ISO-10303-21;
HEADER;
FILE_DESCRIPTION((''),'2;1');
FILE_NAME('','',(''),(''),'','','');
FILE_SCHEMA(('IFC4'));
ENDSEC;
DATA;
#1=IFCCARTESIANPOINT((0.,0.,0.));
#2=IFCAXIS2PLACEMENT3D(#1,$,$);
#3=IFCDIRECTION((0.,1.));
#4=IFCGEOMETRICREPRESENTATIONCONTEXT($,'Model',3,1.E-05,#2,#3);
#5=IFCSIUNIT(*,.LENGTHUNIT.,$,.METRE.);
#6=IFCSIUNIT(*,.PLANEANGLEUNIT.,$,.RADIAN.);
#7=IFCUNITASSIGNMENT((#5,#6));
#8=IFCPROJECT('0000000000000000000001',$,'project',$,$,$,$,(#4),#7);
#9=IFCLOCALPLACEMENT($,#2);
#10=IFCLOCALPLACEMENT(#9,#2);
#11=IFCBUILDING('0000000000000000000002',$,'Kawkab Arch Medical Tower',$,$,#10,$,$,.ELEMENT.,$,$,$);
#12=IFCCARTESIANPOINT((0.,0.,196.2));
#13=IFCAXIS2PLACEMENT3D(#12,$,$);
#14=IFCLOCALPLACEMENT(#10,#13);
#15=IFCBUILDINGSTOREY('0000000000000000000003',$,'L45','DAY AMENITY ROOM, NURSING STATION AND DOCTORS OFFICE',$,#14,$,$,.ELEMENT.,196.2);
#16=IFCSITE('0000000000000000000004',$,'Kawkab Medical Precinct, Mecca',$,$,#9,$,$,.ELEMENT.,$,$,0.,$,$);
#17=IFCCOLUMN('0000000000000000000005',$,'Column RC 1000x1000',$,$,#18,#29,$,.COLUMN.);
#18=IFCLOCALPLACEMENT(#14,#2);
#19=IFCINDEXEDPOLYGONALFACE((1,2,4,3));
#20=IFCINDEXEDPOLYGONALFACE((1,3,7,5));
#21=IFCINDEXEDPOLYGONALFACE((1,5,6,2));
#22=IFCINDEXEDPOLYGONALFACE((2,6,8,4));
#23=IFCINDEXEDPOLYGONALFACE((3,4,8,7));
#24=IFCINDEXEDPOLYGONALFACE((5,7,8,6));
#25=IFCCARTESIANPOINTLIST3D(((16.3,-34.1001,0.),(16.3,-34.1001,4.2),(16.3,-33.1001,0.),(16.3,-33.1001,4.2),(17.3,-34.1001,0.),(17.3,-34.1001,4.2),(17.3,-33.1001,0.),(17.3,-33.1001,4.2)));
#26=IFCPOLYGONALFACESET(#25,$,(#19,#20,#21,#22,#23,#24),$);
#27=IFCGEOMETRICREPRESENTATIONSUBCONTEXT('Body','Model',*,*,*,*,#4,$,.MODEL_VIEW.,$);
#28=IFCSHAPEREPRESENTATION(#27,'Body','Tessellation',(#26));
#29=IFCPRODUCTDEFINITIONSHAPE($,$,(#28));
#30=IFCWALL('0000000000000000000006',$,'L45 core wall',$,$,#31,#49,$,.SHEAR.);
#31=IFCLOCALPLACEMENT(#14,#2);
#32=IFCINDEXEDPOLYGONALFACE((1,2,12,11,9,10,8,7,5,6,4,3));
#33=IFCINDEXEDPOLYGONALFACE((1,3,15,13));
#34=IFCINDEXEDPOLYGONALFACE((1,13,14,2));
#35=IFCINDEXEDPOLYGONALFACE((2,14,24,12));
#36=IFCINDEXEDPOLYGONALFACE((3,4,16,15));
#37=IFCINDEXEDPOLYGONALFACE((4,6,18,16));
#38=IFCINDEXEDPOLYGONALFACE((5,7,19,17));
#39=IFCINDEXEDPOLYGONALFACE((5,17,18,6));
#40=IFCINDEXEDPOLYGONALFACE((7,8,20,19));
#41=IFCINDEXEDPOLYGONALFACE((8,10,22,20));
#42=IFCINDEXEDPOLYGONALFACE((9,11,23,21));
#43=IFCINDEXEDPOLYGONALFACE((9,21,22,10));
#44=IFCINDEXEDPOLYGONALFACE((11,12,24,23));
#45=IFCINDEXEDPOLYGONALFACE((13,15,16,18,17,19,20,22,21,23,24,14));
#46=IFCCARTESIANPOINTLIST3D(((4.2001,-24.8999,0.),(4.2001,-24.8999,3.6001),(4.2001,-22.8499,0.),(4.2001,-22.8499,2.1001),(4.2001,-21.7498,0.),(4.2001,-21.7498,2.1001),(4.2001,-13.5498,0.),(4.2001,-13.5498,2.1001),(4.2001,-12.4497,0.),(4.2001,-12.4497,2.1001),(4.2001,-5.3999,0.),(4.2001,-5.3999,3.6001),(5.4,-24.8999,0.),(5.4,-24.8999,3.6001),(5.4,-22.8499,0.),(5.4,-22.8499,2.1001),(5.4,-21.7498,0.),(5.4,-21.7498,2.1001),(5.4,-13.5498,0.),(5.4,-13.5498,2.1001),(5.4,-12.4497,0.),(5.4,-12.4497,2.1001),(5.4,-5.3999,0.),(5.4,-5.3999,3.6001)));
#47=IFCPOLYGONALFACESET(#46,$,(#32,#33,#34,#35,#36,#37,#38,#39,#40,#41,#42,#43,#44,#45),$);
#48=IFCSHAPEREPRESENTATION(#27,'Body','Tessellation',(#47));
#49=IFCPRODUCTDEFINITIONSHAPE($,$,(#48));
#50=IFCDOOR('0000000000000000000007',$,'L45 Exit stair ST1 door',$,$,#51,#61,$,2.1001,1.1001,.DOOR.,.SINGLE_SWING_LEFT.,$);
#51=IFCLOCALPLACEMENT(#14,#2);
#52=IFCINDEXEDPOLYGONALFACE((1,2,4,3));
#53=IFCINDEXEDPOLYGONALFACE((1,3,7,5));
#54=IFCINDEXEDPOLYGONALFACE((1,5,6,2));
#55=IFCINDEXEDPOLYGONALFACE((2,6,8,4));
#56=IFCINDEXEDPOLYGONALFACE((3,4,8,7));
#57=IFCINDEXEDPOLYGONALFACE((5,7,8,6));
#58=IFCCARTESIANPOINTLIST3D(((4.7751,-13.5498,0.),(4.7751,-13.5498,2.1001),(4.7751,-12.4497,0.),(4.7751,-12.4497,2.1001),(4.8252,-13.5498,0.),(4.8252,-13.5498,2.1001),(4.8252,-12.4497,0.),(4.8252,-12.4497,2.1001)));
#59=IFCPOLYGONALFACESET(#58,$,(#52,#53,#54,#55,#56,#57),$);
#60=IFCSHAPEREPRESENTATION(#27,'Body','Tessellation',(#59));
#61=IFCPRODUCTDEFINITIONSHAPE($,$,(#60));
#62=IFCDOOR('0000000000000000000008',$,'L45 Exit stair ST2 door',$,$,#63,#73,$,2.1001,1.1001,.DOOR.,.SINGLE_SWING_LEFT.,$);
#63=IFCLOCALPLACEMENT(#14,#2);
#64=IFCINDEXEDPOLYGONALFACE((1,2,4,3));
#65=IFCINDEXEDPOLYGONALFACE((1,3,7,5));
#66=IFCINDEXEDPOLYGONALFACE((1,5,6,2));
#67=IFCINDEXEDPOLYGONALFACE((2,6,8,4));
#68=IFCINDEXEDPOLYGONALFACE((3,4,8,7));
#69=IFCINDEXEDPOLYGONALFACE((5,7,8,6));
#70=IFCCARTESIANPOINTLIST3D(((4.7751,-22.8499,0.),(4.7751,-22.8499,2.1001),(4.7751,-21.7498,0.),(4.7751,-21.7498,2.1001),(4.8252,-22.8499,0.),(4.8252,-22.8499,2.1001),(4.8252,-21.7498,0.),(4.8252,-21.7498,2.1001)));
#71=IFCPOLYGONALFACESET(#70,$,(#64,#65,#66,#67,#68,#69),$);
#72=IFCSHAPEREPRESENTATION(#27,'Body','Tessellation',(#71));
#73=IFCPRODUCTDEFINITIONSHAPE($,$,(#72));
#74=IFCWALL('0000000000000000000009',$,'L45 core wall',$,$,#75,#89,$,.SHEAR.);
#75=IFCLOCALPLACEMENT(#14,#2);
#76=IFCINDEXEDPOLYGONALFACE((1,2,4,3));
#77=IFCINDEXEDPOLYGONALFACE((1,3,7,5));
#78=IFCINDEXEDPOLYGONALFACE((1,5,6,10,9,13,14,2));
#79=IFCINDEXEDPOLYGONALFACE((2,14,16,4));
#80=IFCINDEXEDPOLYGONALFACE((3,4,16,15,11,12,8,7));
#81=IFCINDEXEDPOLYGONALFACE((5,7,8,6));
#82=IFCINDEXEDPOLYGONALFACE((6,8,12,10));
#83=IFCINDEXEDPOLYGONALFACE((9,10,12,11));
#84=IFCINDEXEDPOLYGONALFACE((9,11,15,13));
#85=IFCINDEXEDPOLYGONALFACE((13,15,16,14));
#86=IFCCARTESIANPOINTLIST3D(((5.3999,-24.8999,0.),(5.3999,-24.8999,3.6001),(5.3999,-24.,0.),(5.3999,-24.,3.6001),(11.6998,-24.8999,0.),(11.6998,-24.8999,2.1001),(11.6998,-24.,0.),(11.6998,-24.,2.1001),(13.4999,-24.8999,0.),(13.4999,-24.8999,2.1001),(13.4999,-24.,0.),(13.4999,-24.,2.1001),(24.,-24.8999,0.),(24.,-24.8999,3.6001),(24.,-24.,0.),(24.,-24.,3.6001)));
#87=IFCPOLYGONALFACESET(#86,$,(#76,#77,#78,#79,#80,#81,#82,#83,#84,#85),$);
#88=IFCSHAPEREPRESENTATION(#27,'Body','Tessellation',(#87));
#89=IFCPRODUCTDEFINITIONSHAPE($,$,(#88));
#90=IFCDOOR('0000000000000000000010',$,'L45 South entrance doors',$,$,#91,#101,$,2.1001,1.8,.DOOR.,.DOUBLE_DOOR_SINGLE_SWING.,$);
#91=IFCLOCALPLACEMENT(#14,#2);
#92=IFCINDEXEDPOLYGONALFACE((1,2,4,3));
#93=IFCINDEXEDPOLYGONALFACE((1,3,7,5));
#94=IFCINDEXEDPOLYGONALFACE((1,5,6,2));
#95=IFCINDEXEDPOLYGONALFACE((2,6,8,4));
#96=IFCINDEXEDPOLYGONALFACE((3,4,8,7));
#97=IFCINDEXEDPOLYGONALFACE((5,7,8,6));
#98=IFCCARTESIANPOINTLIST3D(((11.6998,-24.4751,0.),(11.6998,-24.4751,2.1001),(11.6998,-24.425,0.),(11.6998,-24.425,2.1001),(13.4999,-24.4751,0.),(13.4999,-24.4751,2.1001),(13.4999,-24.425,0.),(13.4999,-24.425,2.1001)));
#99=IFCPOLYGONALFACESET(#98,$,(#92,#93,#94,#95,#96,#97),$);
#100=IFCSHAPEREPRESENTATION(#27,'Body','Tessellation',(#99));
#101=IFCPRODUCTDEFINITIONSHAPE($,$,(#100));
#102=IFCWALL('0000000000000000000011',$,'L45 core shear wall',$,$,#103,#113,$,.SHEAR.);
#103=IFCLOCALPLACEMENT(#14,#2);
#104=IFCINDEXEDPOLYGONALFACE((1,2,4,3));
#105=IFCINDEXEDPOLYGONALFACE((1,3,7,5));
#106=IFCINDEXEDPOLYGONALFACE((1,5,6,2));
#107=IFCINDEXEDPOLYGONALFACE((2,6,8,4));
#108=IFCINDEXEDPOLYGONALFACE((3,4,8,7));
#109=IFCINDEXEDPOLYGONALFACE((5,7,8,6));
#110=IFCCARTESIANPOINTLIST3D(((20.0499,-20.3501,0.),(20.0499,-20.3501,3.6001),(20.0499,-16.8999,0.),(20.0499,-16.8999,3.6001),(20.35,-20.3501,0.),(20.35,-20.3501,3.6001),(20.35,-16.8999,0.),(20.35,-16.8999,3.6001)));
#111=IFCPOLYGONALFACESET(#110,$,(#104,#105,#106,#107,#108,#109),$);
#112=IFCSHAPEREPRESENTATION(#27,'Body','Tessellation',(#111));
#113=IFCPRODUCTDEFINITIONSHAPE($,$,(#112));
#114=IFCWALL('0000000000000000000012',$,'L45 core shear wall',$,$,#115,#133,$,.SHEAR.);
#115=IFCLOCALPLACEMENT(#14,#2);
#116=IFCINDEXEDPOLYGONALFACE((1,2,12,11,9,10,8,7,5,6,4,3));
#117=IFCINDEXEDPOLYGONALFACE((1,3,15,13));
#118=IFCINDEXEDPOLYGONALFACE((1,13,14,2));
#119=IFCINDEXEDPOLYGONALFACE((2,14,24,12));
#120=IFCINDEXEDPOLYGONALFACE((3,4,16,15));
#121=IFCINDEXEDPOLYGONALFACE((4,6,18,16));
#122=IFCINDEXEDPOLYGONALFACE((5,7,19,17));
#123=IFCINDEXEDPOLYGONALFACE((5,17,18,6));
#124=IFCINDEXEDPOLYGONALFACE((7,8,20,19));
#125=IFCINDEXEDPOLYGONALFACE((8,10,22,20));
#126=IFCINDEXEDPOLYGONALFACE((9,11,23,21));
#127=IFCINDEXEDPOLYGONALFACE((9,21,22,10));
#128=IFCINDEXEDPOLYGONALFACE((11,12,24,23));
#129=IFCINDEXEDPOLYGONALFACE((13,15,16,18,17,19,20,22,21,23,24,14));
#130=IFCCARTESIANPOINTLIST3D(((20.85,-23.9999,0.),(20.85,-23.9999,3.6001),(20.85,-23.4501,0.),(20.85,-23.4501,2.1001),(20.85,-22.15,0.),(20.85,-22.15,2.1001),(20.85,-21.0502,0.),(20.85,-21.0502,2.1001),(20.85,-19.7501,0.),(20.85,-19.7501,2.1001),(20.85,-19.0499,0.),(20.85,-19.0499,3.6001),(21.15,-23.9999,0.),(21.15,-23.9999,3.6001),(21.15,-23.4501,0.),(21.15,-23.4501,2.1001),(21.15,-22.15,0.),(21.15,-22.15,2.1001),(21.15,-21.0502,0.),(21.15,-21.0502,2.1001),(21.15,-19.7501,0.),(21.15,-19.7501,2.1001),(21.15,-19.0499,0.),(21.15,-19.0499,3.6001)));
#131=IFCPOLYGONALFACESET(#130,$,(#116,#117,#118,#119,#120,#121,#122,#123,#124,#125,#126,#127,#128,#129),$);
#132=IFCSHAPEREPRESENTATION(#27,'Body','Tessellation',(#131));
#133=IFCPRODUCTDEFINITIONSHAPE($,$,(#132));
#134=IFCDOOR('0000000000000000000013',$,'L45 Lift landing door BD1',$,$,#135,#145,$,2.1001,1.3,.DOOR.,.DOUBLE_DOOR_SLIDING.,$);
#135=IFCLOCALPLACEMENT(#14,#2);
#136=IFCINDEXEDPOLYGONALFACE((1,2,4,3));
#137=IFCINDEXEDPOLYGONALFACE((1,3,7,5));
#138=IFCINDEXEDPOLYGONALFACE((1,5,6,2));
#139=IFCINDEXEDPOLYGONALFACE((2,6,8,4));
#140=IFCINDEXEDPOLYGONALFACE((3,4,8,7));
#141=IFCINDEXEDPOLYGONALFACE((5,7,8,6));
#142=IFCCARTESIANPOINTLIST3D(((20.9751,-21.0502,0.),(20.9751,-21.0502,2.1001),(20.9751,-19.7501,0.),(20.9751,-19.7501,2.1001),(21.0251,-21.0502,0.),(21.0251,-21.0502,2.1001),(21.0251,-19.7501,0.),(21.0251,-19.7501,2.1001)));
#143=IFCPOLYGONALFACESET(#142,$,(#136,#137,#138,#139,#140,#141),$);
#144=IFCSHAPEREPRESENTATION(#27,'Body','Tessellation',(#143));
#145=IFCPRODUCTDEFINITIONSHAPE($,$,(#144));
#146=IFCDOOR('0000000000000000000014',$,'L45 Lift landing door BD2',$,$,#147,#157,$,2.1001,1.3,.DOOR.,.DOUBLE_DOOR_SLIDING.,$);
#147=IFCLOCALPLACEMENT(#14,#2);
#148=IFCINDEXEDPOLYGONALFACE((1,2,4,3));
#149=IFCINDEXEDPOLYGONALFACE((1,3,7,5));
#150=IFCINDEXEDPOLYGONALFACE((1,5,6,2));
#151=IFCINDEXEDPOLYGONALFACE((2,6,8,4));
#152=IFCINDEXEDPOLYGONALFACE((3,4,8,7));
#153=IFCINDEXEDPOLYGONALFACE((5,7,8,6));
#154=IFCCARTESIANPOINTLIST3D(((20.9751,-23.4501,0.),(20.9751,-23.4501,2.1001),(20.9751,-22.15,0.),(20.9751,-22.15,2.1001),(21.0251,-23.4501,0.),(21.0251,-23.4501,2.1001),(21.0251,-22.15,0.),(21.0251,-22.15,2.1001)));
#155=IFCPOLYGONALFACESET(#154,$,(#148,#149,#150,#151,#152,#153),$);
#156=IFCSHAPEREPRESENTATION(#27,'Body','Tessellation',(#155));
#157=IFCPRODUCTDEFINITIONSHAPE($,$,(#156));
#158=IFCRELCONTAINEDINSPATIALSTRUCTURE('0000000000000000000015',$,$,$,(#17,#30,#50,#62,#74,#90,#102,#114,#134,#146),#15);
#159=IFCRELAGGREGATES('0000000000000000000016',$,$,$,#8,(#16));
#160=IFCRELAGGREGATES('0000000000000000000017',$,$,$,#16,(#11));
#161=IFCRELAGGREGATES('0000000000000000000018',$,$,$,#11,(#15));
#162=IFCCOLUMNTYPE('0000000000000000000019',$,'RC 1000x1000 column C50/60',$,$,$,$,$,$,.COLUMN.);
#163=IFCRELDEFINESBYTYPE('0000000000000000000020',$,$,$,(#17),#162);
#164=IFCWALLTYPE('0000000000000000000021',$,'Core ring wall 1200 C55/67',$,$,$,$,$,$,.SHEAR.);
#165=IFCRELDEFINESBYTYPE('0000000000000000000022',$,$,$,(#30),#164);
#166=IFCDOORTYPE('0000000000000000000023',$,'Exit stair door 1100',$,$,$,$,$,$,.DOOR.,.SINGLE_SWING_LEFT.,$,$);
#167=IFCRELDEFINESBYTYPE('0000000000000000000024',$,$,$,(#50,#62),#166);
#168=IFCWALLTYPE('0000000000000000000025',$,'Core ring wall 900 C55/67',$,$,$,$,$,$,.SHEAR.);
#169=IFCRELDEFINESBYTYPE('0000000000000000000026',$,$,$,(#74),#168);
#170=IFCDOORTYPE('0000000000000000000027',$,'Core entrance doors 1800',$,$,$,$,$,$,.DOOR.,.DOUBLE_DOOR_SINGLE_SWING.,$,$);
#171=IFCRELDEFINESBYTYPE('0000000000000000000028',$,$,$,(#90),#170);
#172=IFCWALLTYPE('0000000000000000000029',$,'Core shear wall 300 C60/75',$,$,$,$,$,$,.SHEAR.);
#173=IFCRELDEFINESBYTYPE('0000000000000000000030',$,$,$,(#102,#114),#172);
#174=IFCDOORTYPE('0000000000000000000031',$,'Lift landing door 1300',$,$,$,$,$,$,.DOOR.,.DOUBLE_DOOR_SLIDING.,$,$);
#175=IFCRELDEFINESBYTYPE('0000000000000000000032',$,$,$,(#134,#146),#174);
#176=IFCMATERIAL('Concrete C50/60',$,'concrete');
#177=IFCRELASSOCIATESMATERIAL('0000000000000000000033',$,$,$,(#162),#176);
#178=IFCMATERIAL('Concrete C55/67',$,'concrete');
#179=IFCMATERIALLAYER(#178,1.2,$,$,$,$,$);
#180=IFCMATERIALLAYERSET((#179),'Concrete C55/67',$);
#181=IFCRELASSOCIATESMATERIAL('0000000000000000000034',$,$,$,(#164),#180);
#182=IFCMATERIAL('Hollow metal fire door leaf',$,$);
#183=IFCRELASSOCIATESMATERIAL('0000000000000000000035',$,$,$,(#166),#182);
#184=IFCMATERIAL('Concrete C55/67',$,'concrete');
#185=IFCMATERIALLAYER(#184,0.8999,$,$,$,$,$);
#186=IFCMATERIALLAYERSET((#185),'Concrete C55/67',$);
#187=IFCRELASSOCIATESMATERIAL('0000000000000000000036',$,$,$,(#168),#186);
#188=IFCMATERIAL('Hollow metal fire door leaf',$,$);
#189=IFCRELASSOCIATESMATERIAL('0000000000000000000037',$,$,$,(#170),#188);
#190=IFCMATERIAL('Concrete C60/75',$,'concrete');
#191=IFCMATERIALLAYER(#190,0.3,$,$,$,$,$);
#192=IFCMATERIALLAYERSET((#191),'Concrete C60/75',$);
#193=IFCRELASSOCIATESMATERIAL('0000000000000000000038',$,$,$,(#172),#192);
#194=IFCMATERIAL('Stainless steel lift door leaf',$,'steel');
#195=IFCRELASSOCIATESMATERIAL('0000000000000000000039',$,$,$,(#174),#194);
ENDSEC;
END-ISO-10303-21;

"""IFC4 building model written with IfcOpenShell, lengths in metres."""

from ifc_helpers import new_model, si_unit, direction, frame, frame_2d, origin, origin_2d, place, context, subcontext, project, spatial, rectangle, extrude, material, layer, layer_set, material_profile, profile_set, type_object, element, fill, save


model = new_model("IFC4")

# Units and contexts
model_context = context("Model", 3, precision=1e-05, world=origin(), true_north=direction((0.0, 1.0)))
body_context = subcontext(model_context, "Body", "Model", "MODEL_VIEW")
ifc_project = project(units=[si_unit("LENGTHUNIT", "METRE"), si_unit("PLANEANGLEUNIT", "RADIAN")], contexts=[model_context])

# Site, building, storey
site_placement = place(None, origin())
site = spatial("IfcSite", under=ifc_project, at=site_placement, Name="Kawkab Medical Precinct, Mecca", CompositionType="ELEMENT", RefElevation=0.0)
building_placement = place(site_placement, origin())
building = spatial("IfcBuilding", under=site, at=building_placement, Name="Kawkab Arch Medical Tower", CompositionType="ELEMENT")
storey_placement = place(building_placement, frame((0.0, 0.0, 196.2)))
storey = spatial("IfcBuildingStorey", under=building, at=storey_placement, Name="L45", Description="DAY AMENITY ROOM, NURSING STATION AND DOCTORS OFFICE", CompositionType="ELEMENT", Elevation=196.2)

# Column
ifc_material_1 = material(Name="Concrete C50/60", Category="concrete")
ifc_material_profile = material_profile(ifc_material_1, rectangle(XDim=1.0, YDim=1.0, at=origin_2d()), Name="RC 1000x1000")
ifc_profile_set = profile_set([ifc_material_profile], Name="Concrete C50/60")
column_type = type_object("IfcColumnType", Name="RC 1000x1000 column C50/60", PredefinedType="COLUMN", material=ifc_profile_set)
column_placement = place(storey_placement, frame((16.8, -33.6001, 0.0), z_axis=(0.0, 0.0, 1.0), x_axis=(1.0, 0.0, 0.0)))
element("IfcColumn", 1, at=column_placement, inside=storey, type_object=column_type, Name="Column RC 1000x1000", PredefinedType="COLUMN", context=body_context, shape_type="SweptSolid", body=[
    extrude(rectangle(XDim=1.0, YDim=1.0, at=origin_2d()), origin(), (0.0, 0.0, 1.0), 4.2),
])

# Wall, openings, doors
ifc_material_2 = material(Name="Concrete C55/67", Category="concrete")
ifc_layer_1 = layer(ifc_material_2, 1.2)
ifc_layer_set_1 = layer_set([ifc_layer_1], Name="Concrete C55/67")
wall_type_1 = type_object("IfcWallType", Name="Core ring wall 1200 C55/67", PredefinedType="SHEAR", material=ifc_layer_set_1)
wall_1_placement = place(storey_placement, frame((4.8, -24.8999, 0.0), z_axis=(0.0, 0.0, 1.0), x_axis=(0.0, 1.0, 0.0)))
wall_1 = element("IfcWall", 2, at=wall_1_placement, inside=storey, type_object=wall_type_1, Name="L45 core wall", PredefinedType="SHEAR", context=body_context, shape_type="SweptSolid", body=[
    extrude(rectangle(XDim=19.5, YDim=1.2, at=frame_2d((9.75, 0.0))), origin(), (0.0, 0.0, 1.0), 3.6001),
])
opening_1_placement = place(wall_1_placement, frame((11.3501, 0.0, 0.0)))
opening_1 = element("IfcOpeningElement", 3, at=opening_1_placement, cuts=wall_1, PredefinedType="OPENING", context=body_context, shape_type="SweptSolid", body=[
    extrude(rectangle(XDim=1.1001, YDim=2.1001, at=frame_2d((0.55, 1.05))), frame((0.0, 0.6099, 0.0), z_axis=(0.0, -1.0, 0.0), x_axis=(1.0, 0.0, 0.0)), (0.0, 0.0, 1.0), 1.22),
])
opening_2_placement = place(wall_1_placement, frame((2.05, 0.0, 0.0)))
opening_2 = element("IfcOpeningElement", 4, at=opening_2_placement, cuts=wall_1, PredefinedType="OPENING", context=body_context, shape_type="SweptSolid", body=[
    extrude(rectangle(XDim=1.1001, YDim=2.1001, at=frame_2d((0.55, 1.05))), frame((0.0, 0.6099, 0.0), z_axis=(0.0, -1.0, 0.0), x_axis=(1.0, 0.0, 0.0)), (0.0, 0.0, 1.0), 1.22),
])
ifc_material_3 = material(Name="Hollow metal fire door leaf")
door_type_1 = type_object("IfcDoorType", Name="Exit stair door 1100", OperationType="SINGLE_SWING_LEFT", PredefinedType="DOOR", material=ifc_material_3)
door_1_placement = place(opening_1_placement, origin())
door_1 = element("IfcDoor", 5, at=door_1_placement, inside=storey, type_object=door_type_1, Name="L45 Exit stair ST1 door", OperationType="SINGLE_SWING_LEFT", OverallHeight=2.1001, OverallWidth=1.1001, PredefinedType="DOOR", context=body_context, shape_type="SweptSolid", body=[
    extrude(rectangle(XDim=1.1001, YDim=2.1001, at=frame_2d((0.55, 1.05))), frame((0.0, 0.0249, 0.0), z_axis=(0.0, -1.0, 0.0), x_axis=(1.0, 0.0, 0.0)), (0.0, 0.0, 1.0), 0.05),
])
fill(opening_1, door_1)
door_2_placement = place(opening_2_placement, origin())
door_2 = element("IfcDoor", 6, at=door_2_placement, inside=storey, type_object=door_type_1, Name="L45 Exit stair ST2 door", OperationType="SINGLE_SWING_LEFT", OverallHeight=2.1001, OverallWidth=1.1001, PredefinedType="DOOR", context=body_context, shape_type="SweptSolid", body=[
    extrude(rectangle(XDim=1.1001, YDim=2.1001, at=frame_2d((0.55, 1.05))), frame((0.0, 0.0249, 0.0), z_axis=(0.0, -1.0, 0.0), x_axis=(1.0, 0.0, 0.0)), (0.0, 0.0, 1.0), 0.05),
])
fill(opening_2, door_2)

# Wall, opening, door
ifc_material_4 = material(Name="Concrete C55/67", Category="concrete")
ifc_layer_2 = layer(ifc_material_4, 0.8999)
ifc_layer_set_2 = layer_set([ifc_layer_2], Name="Concrete C55/67")
wall_type_2 = type_object("IfcWallType", Name="Core ring wall 900 C55/67", PredefinedType="SHEAR", material=ifc_layer_set_2)
wall_2_placement = place(storey_placement, frame((5.3999, -24.45, 0.0), z_axis=(0.0, 0.0, 1.0), x_axis=(1.0, 0.0, 0.0)))
wall_2 = element("IfcWall", 7, at=wall_2_placement, inside=storey, type_object=wall_type_2, Name="L45 core wall", PredefinedType="SHEAR", context=body_context, shape_type="SweptSolid", body=[
    extrude(rectangle(XDim=18.6001, YDim=0.8999, at=frame_2d((9.3, 0.0))), origin(), (0.0, 0.0, 1.0), 3.6001),
])
opening_3_placement = place(wall_2_placement, frame((6.3, 0.0, 0.0)))
opening_3 = element("IfcOpeningElement", 8, at=opening_3_placement, cuts=wall_2, PredefinedType="OPENING", context=body_context, shape_type="SweptSolid", body=[
    extrude(rectangle(XDim=1.8, YDim=2.1001, at=frame_2d((0.8999, 1.05))), frame((0.0, 0.46, 0.0), z_axis=(0.0, -1.0, 0.0), x_axis=(1.0, 0.0, 0.0)), (0.0, 0.0, 1.0), 0.9199),
])
ifc_material_5 = material(Name="Hollow metal fire door leaf")
door_type_2 = type_object("IfcDoorType", Name="Core entrance doors 1800", OperationType="DOUBLE_DOOR_SINGLE_SWING", PredefinedType="DOOR", material=ifc_material_5)
door_3_placement = place(opening_3_placement, origin())
door_3 = element("IfcDoor", 9, at=door_3_placement, inside=storey, type_object=door_type_2, Name="L45 South entrance doors", OperationType="DOUBLE_DOOR_SINGLE_SWING", OverallHeight=2.1001, OverallWidth=1.8, PredefinedType="DOOR", context=body_context, shape_type="SweptSolid", body=[
    extrude(rectangle(XDim=1.8, YDim=2.1001, at=frame_2d((0.8999, 1.05))), frame((0.0, 0.0249, 0.0), z_axis=(0.0, -1.0, 0.0), x_axis=(1.0, 0.0, 0.0)), (0.0, 0.0, 1.0), 0.05),
])
fill(opening_3, door_3)

# Wall
ifc_material_6 = material(Name="Concrete C60/75", Category="concrete")
ifc_layer_3 = layer(ifc_material_6, 0.3)
ifc_layer_set_3 = layer_set([ifc_layer_3], Name="Concrete C60/75")
wall_type_3 = type_object("IfcWallType", Name="Core shear wall 300 C60/75", PredefinedType="SHEAR", material=ifc_layer_set_3)
wall_3_placement = place(storey_placement, frame((20.2, -20.3501, 0.0), z_axis=(0.0, 0.0, 1.0), x_axis=(0.0, 1.0, 0.0)))
element("IfcWall", 10, at=wall_3_placement, inside=storey, type_object=wall_type_3, Name="L45 core shear wall", PredefinedType="SHEAR", context=body_context, shape_type="SweptSolid", body=[
    extrude(rectangle(XDim=3.4502, YDim=0.3, at=frame_2d((1.7251, 0.0))), origin(), (0.0, 0.0, 1.0), 3.6001),
])

# Wall, openings, doors
wall_4_placement = place(storey_placement, frame((21.0, -24.0, 0.0), z_axis=(0.0, 0.0, 1.0), x_axis=(0.0, 1.0, 0.0)))
wall_4 = element("IfcWall", 11, at=wall_4_placement, inside=storey, type_object=wall_type_3, Name="L45 core shear wall", PredefinedType="SHEAR", context=body_context, shape_type="SweptSolid", body=[
    extrude(rectangle(XDim=4.95, YDim=0.3, at=frame_2d((2.4751, 0.0))), origin(), (0.0, 0.0, 1.0), 3.6001),
])
opening_4_placement = place(wall_4_placement, frame((2.95, 0.0, 0.0)))
opening_4 = element("IfcOpeningElement", 12, at=opening_4_placement, cuts=wall_4, PredefinedType="OPENING", context=body_context, shape_type="SweptSolid", body=[
    extrude(rectangle(XDim=1.3, YDim=2.1001, at=frame_2d((0.6499, 1.05))), frame((0.0, 0.1599, 0.0), z_axis=(0.0, -1.0, 0.0), x_axis=(1.0, 0.0, 0.0)), (0.0, 0.0, 1.0), 0.3201),
])
opening_5_placement = place(wall_4_placement, frame((0.55, 0.0, 0.0)))
opening_5 = element("IfcOpeningElement", 13, at=opening_5_placement, cuts=wall_4, PredefinedType="OPENING", context=body_context, shape_type="SweptSolid", body=[
    extrude(rectangle(XDim=1.3, YDim=2.1001, at=frame_2d((0.6499, 1.05))), frame((0.0, 0.1599, 0.0), z_axis=(0.0, -1.0, 0.0), x_axis=(1.0, 0.0, 0.0)), (0.0, 0.0, 1.0), 0.3201),
])
ifc_material_7 = material(Name="Stainless steel lift door leaf", Category="steel")
door_type_3 = type_object("IfcDoorType", Name="Lift landing door 1300", OperationType="DOUBLE_DOOR_SLIDING", PredefinedType="DOOR", material=ifc_material_7)
door_4_placement = place(opening_4_placement, origin())
door_4 = element("IfcDoor", 14, at=door_4_placement, inside=storey, type_object=door_type_3, Name="L45 Lift landing door BD1", OperationType="DOUBLE_DOOR_SLIDING", OverallHeight=2.1001, OverallWidth=1.3, PredefinedType="DOOR", context=body_context, shape_type="SweptSolid", body=[
    extrude(rectangle(XDim=1.3, YDim=2.1001, at=frame_2d((0.6499, 1.05))), frame((0.0, 0.0249, 0.0), z_axis=(0.0, -1.0, 0.0), x_axis=(1.0, 0.0, 0.0)), (0.0, 0.0, 1.0), 0.05),
])
fill(opening_4, door_4)
door_5_placement = place(opening_5_placement, origin())
door_5 = element("IfcDoor", 15, at=door_5_placement, inside=storey, type_object=door_type_3, Name="L45 Lift landing door BD2", OperationType="DOUBLE_DOOR_SLIDING", OverallHeight=2.1001, OverallWidth=1.3, PredefinedType="DOOR", context=body_context, shape_type="SweptSolid", body=[
    extrude(rectangle(XDim=1.3, YDim=2.1001, at=frame_2d((0.6499, 1.05))), frame((0.0, 0.0249, 0.0), z_axis=(0.0, -1.0, 0.0), x_axis=(1.0, 0.0, 0.0)), (0.0, 0.0, 1.0), 0.05),
])
fill(opening_5, door_5)

save(model, "model.ifc")
